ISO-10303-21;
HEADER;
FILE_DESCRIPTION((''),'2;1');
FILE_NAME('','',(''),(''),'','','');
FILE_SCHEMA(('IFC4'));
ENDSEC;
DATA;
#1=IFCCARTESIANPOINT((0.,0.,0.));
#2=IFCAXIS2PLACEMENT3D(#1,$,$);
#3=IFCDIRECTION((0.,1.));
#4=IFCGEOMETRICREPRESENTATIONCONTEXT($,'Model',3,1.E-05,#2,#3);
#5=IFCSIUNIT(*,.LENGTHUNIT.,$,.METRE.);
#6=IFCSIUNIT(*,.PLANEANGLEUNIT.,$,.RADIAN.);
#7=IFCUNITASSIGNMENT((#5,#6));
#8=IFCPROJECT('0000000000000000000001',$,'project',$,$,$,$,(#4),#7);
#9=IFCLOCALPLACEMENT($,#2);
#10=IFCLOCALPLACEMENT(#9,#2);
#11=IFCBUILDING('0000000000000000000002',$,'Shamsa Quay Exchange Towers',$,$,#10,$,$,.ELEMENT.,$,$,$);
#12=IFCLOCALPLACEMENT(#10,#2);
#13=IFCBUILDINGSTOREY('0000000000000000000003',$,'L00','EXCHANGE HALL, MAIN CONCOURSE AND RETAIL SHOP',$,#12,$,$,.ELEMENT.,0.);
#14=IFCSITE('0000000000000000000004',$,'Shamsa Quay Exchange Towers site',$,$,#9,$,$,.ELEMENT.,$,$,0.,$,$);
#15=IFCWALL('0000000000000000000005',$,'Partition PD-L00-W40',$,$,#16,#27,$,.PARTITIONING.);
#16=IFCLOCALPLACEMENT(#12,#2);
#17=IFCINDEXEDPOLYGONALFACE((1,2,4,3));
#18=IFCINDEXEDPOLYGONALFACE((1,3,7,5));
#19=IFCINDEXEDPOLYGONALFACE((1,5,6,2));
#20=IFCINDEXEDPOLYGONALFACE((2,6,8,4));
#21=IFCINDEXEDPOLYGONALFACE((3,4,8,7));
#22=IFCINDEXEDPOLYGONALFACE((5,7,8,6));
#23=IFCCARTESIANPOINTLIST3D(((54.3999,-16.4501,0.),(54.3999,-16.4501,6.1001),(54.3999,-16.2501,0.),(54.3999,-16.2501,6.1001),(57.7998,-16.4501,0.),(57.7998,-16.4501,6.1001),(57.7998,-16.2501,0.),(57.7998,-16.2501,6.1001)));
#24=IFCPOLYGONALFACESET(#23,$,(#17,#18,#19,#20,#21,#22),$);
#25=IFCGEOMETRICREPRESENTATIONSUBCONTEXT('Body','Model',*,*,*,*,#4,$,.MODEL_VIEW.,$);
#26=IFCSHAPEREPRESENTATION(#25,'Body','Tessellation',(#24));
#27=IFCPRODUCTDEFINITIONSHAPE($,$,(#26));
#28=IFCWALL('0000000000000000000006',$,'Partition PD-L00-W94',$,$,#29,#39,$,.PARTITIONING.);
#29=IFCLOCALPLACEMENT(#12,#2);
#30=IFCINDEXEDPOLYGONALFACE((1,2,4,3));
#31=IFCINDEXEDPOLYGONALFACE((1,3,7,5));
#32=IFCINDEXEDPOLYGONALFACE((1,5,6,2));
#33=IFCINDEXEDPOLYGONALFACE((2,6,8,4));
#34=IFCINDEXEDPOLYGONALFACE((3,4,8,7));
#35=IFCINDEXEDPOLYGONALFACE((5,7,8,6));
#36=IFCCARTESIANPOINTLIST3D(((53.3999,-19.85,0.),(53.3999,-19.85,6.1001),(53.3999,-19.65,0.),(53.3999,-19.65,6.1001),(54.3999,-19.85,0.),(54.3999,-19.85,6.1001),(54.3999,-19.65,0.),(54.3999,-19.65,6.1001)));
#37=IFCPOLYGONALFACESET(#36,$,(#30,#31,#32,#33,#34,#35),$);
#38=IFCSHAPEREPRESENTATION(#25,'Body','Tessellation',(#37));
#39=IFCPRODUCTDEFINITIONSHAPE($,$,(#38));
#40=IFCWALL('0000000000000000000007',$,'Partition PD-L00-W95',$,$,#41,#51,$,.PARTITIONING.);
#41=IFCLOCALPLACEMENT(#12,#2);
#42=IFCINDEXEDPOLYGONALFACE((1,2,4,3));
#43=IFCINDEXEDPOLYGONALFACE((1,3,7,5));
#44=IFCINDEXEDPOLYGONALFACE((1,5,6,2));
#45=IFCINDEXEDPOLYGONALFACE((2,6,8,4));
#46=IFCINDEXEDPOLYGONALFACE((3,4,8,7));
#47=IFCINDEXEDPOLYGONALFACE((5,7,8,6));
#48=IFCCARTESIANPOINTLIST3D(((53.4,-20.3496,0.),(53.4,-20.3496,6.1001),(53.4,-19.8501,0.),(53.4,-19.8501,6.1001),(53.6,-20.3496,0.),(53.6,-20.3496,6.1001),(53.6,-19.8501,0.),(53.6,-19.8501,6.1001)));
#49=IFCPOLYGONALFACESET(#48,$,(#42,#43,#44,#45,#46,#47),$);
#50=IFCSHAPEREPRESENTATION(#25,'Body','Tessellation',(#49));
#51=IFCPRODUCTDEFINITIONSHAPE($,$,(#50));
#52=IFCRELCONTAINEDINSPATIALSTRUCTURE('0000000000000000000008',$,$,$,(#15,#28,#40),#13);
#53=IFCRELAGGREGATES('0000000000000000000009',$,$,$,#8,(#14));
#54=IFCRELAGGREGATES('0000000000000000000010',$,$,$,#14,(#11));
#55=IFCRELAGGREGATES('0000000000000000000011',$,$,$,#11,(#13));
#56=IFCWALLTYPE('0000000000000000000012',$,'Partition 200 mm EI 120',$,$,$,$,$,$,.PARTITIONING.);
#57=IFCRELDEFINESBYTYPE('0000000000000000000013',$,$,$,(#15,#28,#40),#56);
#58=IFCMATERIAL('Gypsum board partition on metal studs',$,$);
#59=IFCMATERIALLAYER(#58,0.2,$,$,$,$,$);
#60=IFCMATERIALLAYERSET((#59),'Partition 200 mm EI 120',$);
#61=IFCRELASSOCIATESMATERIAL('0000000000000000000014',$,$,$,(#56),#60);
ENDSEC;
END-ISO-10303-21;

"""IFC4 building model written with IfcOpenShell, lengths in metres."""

from ifc_helpers import new_model, si_unit, direction, frame, frame_2d, origin, place, context, subcontext, project, spatial, rectangle, extrude, material, layer, layer_set, type_object, element, save


model = new_model("IFC4")

# Units and contexts
model_context = context("Model", 3, precision=1e-05, world=origin(), true_north=direction((0.0, 1.0)))
body_context = subcontext(model_context, "Body", "Model", "MODEL_VIEW")
ifc_project = project(units=[si_unit("LENGTHUNIT", "METRE"), si_unit("PLANEANGLEUNIT", "RADIAN")], contexts=[model_context])

# Site, building, storey
site_placement = place(None, origin())
site = spatial("IfcSite", under=ifc_project, at=site_placement, Name="Shamsa Quay Exchange Towers site", CompositionType="ELEMENT", RefElevation=0.0)
building_placement = place(site_placement, origin())
building = spatial("IfcBuilding", under=site, at=building_placement, Name="Shamsa Quay Exchange Towers", CompositionType="ELEMENT")
storey_placement = place(building_placement, origin())
storey = spatial("IfcBuildingStorey", under=building, at=storey_placement, Name="L00", Description="EXCHANGE HALL, MAIN CONCOURSE AND RETAIL SHOP", CompositionType="ELEMENT", Elevation=0.0)

# Shared definitions
ifc_material_1 = material(Name="Gypsum board partition on metal studs")

# Shared definitions
ifc_layer_1 = layer(ifc_material_1, 0.2)
ifc_layer_set_1 = layer_set([ifc_layer_1], Name="Partition 200 mm EI 120")
wall_type_1 = type_object("IfcWallType", Name="Partition 200 mm EI 120", PredefinedType="PARTITIONING", material=ifc_layer_set_1)

# Walls
wall_1_placement = place(storey_placement, frame((57.7998, -16.3501, 0.0), z_axis=(0.0, 0.0, 1.0), x_axis=(-1.0, 0.0, 0.0)))
element("IfcWall", 1, at=wall_1_placement, inside=storey, type_object=wall_type_1, Name="Partition PD-L00-W40", PredefinedType="PARTITIONING", context=body_context, shape_type="SweptSolid", body=[
    extrude(rectangle(XDim=3.3999, YDim=0.2, at=frame_2d((1.7, 0.0))), origin(), (0.0, 0.0, 1.0), 6.1001),
])
wall_2_placement = place(storey_placement, frame((54.3999, -19.75, 0.0), z_axis=(0.0, 0.0, 1.0), x_axis=(-1.0, 0.0, 0.0)))
element("IfcWall", 2, at=wall_2_placement, inside=storey, type_object=wall_type_1, Name="Partition PD-L00-W94", PredefinedType="PARTITIONING", context=body_context, shape_type="SweptSolid", body=[
    extrude(rectangle(XDim=1.0, YDim=0.2, at=frame_2d((0.5, 0.0))), origin(), (0.0, 0.0, 1.0), 6.1001),
])
wall_3_placement = place(storey_placement, frame((53.5, -19.8501, 0.0), z_axis=(0.0, 0.0, 1.0), x_axis=(0.0, -1.0, 0.0)))
element("IfcWall", 3, at=wall_3_placement, inside=storey, type_object=wall_type_1, Name="Partition PD-L00-W95", PredefinedType="PARTITIONING", context=body_context, shape_type="SweptSolid", body=[
    extrude(rectangle(XDim=0.4995, YDim=0.2, at=frame_2d((0.2498, 0.0))), origin(), (0.0, 0.0, 1.0), 6.1001),
])

save(model, "model.ifc")
